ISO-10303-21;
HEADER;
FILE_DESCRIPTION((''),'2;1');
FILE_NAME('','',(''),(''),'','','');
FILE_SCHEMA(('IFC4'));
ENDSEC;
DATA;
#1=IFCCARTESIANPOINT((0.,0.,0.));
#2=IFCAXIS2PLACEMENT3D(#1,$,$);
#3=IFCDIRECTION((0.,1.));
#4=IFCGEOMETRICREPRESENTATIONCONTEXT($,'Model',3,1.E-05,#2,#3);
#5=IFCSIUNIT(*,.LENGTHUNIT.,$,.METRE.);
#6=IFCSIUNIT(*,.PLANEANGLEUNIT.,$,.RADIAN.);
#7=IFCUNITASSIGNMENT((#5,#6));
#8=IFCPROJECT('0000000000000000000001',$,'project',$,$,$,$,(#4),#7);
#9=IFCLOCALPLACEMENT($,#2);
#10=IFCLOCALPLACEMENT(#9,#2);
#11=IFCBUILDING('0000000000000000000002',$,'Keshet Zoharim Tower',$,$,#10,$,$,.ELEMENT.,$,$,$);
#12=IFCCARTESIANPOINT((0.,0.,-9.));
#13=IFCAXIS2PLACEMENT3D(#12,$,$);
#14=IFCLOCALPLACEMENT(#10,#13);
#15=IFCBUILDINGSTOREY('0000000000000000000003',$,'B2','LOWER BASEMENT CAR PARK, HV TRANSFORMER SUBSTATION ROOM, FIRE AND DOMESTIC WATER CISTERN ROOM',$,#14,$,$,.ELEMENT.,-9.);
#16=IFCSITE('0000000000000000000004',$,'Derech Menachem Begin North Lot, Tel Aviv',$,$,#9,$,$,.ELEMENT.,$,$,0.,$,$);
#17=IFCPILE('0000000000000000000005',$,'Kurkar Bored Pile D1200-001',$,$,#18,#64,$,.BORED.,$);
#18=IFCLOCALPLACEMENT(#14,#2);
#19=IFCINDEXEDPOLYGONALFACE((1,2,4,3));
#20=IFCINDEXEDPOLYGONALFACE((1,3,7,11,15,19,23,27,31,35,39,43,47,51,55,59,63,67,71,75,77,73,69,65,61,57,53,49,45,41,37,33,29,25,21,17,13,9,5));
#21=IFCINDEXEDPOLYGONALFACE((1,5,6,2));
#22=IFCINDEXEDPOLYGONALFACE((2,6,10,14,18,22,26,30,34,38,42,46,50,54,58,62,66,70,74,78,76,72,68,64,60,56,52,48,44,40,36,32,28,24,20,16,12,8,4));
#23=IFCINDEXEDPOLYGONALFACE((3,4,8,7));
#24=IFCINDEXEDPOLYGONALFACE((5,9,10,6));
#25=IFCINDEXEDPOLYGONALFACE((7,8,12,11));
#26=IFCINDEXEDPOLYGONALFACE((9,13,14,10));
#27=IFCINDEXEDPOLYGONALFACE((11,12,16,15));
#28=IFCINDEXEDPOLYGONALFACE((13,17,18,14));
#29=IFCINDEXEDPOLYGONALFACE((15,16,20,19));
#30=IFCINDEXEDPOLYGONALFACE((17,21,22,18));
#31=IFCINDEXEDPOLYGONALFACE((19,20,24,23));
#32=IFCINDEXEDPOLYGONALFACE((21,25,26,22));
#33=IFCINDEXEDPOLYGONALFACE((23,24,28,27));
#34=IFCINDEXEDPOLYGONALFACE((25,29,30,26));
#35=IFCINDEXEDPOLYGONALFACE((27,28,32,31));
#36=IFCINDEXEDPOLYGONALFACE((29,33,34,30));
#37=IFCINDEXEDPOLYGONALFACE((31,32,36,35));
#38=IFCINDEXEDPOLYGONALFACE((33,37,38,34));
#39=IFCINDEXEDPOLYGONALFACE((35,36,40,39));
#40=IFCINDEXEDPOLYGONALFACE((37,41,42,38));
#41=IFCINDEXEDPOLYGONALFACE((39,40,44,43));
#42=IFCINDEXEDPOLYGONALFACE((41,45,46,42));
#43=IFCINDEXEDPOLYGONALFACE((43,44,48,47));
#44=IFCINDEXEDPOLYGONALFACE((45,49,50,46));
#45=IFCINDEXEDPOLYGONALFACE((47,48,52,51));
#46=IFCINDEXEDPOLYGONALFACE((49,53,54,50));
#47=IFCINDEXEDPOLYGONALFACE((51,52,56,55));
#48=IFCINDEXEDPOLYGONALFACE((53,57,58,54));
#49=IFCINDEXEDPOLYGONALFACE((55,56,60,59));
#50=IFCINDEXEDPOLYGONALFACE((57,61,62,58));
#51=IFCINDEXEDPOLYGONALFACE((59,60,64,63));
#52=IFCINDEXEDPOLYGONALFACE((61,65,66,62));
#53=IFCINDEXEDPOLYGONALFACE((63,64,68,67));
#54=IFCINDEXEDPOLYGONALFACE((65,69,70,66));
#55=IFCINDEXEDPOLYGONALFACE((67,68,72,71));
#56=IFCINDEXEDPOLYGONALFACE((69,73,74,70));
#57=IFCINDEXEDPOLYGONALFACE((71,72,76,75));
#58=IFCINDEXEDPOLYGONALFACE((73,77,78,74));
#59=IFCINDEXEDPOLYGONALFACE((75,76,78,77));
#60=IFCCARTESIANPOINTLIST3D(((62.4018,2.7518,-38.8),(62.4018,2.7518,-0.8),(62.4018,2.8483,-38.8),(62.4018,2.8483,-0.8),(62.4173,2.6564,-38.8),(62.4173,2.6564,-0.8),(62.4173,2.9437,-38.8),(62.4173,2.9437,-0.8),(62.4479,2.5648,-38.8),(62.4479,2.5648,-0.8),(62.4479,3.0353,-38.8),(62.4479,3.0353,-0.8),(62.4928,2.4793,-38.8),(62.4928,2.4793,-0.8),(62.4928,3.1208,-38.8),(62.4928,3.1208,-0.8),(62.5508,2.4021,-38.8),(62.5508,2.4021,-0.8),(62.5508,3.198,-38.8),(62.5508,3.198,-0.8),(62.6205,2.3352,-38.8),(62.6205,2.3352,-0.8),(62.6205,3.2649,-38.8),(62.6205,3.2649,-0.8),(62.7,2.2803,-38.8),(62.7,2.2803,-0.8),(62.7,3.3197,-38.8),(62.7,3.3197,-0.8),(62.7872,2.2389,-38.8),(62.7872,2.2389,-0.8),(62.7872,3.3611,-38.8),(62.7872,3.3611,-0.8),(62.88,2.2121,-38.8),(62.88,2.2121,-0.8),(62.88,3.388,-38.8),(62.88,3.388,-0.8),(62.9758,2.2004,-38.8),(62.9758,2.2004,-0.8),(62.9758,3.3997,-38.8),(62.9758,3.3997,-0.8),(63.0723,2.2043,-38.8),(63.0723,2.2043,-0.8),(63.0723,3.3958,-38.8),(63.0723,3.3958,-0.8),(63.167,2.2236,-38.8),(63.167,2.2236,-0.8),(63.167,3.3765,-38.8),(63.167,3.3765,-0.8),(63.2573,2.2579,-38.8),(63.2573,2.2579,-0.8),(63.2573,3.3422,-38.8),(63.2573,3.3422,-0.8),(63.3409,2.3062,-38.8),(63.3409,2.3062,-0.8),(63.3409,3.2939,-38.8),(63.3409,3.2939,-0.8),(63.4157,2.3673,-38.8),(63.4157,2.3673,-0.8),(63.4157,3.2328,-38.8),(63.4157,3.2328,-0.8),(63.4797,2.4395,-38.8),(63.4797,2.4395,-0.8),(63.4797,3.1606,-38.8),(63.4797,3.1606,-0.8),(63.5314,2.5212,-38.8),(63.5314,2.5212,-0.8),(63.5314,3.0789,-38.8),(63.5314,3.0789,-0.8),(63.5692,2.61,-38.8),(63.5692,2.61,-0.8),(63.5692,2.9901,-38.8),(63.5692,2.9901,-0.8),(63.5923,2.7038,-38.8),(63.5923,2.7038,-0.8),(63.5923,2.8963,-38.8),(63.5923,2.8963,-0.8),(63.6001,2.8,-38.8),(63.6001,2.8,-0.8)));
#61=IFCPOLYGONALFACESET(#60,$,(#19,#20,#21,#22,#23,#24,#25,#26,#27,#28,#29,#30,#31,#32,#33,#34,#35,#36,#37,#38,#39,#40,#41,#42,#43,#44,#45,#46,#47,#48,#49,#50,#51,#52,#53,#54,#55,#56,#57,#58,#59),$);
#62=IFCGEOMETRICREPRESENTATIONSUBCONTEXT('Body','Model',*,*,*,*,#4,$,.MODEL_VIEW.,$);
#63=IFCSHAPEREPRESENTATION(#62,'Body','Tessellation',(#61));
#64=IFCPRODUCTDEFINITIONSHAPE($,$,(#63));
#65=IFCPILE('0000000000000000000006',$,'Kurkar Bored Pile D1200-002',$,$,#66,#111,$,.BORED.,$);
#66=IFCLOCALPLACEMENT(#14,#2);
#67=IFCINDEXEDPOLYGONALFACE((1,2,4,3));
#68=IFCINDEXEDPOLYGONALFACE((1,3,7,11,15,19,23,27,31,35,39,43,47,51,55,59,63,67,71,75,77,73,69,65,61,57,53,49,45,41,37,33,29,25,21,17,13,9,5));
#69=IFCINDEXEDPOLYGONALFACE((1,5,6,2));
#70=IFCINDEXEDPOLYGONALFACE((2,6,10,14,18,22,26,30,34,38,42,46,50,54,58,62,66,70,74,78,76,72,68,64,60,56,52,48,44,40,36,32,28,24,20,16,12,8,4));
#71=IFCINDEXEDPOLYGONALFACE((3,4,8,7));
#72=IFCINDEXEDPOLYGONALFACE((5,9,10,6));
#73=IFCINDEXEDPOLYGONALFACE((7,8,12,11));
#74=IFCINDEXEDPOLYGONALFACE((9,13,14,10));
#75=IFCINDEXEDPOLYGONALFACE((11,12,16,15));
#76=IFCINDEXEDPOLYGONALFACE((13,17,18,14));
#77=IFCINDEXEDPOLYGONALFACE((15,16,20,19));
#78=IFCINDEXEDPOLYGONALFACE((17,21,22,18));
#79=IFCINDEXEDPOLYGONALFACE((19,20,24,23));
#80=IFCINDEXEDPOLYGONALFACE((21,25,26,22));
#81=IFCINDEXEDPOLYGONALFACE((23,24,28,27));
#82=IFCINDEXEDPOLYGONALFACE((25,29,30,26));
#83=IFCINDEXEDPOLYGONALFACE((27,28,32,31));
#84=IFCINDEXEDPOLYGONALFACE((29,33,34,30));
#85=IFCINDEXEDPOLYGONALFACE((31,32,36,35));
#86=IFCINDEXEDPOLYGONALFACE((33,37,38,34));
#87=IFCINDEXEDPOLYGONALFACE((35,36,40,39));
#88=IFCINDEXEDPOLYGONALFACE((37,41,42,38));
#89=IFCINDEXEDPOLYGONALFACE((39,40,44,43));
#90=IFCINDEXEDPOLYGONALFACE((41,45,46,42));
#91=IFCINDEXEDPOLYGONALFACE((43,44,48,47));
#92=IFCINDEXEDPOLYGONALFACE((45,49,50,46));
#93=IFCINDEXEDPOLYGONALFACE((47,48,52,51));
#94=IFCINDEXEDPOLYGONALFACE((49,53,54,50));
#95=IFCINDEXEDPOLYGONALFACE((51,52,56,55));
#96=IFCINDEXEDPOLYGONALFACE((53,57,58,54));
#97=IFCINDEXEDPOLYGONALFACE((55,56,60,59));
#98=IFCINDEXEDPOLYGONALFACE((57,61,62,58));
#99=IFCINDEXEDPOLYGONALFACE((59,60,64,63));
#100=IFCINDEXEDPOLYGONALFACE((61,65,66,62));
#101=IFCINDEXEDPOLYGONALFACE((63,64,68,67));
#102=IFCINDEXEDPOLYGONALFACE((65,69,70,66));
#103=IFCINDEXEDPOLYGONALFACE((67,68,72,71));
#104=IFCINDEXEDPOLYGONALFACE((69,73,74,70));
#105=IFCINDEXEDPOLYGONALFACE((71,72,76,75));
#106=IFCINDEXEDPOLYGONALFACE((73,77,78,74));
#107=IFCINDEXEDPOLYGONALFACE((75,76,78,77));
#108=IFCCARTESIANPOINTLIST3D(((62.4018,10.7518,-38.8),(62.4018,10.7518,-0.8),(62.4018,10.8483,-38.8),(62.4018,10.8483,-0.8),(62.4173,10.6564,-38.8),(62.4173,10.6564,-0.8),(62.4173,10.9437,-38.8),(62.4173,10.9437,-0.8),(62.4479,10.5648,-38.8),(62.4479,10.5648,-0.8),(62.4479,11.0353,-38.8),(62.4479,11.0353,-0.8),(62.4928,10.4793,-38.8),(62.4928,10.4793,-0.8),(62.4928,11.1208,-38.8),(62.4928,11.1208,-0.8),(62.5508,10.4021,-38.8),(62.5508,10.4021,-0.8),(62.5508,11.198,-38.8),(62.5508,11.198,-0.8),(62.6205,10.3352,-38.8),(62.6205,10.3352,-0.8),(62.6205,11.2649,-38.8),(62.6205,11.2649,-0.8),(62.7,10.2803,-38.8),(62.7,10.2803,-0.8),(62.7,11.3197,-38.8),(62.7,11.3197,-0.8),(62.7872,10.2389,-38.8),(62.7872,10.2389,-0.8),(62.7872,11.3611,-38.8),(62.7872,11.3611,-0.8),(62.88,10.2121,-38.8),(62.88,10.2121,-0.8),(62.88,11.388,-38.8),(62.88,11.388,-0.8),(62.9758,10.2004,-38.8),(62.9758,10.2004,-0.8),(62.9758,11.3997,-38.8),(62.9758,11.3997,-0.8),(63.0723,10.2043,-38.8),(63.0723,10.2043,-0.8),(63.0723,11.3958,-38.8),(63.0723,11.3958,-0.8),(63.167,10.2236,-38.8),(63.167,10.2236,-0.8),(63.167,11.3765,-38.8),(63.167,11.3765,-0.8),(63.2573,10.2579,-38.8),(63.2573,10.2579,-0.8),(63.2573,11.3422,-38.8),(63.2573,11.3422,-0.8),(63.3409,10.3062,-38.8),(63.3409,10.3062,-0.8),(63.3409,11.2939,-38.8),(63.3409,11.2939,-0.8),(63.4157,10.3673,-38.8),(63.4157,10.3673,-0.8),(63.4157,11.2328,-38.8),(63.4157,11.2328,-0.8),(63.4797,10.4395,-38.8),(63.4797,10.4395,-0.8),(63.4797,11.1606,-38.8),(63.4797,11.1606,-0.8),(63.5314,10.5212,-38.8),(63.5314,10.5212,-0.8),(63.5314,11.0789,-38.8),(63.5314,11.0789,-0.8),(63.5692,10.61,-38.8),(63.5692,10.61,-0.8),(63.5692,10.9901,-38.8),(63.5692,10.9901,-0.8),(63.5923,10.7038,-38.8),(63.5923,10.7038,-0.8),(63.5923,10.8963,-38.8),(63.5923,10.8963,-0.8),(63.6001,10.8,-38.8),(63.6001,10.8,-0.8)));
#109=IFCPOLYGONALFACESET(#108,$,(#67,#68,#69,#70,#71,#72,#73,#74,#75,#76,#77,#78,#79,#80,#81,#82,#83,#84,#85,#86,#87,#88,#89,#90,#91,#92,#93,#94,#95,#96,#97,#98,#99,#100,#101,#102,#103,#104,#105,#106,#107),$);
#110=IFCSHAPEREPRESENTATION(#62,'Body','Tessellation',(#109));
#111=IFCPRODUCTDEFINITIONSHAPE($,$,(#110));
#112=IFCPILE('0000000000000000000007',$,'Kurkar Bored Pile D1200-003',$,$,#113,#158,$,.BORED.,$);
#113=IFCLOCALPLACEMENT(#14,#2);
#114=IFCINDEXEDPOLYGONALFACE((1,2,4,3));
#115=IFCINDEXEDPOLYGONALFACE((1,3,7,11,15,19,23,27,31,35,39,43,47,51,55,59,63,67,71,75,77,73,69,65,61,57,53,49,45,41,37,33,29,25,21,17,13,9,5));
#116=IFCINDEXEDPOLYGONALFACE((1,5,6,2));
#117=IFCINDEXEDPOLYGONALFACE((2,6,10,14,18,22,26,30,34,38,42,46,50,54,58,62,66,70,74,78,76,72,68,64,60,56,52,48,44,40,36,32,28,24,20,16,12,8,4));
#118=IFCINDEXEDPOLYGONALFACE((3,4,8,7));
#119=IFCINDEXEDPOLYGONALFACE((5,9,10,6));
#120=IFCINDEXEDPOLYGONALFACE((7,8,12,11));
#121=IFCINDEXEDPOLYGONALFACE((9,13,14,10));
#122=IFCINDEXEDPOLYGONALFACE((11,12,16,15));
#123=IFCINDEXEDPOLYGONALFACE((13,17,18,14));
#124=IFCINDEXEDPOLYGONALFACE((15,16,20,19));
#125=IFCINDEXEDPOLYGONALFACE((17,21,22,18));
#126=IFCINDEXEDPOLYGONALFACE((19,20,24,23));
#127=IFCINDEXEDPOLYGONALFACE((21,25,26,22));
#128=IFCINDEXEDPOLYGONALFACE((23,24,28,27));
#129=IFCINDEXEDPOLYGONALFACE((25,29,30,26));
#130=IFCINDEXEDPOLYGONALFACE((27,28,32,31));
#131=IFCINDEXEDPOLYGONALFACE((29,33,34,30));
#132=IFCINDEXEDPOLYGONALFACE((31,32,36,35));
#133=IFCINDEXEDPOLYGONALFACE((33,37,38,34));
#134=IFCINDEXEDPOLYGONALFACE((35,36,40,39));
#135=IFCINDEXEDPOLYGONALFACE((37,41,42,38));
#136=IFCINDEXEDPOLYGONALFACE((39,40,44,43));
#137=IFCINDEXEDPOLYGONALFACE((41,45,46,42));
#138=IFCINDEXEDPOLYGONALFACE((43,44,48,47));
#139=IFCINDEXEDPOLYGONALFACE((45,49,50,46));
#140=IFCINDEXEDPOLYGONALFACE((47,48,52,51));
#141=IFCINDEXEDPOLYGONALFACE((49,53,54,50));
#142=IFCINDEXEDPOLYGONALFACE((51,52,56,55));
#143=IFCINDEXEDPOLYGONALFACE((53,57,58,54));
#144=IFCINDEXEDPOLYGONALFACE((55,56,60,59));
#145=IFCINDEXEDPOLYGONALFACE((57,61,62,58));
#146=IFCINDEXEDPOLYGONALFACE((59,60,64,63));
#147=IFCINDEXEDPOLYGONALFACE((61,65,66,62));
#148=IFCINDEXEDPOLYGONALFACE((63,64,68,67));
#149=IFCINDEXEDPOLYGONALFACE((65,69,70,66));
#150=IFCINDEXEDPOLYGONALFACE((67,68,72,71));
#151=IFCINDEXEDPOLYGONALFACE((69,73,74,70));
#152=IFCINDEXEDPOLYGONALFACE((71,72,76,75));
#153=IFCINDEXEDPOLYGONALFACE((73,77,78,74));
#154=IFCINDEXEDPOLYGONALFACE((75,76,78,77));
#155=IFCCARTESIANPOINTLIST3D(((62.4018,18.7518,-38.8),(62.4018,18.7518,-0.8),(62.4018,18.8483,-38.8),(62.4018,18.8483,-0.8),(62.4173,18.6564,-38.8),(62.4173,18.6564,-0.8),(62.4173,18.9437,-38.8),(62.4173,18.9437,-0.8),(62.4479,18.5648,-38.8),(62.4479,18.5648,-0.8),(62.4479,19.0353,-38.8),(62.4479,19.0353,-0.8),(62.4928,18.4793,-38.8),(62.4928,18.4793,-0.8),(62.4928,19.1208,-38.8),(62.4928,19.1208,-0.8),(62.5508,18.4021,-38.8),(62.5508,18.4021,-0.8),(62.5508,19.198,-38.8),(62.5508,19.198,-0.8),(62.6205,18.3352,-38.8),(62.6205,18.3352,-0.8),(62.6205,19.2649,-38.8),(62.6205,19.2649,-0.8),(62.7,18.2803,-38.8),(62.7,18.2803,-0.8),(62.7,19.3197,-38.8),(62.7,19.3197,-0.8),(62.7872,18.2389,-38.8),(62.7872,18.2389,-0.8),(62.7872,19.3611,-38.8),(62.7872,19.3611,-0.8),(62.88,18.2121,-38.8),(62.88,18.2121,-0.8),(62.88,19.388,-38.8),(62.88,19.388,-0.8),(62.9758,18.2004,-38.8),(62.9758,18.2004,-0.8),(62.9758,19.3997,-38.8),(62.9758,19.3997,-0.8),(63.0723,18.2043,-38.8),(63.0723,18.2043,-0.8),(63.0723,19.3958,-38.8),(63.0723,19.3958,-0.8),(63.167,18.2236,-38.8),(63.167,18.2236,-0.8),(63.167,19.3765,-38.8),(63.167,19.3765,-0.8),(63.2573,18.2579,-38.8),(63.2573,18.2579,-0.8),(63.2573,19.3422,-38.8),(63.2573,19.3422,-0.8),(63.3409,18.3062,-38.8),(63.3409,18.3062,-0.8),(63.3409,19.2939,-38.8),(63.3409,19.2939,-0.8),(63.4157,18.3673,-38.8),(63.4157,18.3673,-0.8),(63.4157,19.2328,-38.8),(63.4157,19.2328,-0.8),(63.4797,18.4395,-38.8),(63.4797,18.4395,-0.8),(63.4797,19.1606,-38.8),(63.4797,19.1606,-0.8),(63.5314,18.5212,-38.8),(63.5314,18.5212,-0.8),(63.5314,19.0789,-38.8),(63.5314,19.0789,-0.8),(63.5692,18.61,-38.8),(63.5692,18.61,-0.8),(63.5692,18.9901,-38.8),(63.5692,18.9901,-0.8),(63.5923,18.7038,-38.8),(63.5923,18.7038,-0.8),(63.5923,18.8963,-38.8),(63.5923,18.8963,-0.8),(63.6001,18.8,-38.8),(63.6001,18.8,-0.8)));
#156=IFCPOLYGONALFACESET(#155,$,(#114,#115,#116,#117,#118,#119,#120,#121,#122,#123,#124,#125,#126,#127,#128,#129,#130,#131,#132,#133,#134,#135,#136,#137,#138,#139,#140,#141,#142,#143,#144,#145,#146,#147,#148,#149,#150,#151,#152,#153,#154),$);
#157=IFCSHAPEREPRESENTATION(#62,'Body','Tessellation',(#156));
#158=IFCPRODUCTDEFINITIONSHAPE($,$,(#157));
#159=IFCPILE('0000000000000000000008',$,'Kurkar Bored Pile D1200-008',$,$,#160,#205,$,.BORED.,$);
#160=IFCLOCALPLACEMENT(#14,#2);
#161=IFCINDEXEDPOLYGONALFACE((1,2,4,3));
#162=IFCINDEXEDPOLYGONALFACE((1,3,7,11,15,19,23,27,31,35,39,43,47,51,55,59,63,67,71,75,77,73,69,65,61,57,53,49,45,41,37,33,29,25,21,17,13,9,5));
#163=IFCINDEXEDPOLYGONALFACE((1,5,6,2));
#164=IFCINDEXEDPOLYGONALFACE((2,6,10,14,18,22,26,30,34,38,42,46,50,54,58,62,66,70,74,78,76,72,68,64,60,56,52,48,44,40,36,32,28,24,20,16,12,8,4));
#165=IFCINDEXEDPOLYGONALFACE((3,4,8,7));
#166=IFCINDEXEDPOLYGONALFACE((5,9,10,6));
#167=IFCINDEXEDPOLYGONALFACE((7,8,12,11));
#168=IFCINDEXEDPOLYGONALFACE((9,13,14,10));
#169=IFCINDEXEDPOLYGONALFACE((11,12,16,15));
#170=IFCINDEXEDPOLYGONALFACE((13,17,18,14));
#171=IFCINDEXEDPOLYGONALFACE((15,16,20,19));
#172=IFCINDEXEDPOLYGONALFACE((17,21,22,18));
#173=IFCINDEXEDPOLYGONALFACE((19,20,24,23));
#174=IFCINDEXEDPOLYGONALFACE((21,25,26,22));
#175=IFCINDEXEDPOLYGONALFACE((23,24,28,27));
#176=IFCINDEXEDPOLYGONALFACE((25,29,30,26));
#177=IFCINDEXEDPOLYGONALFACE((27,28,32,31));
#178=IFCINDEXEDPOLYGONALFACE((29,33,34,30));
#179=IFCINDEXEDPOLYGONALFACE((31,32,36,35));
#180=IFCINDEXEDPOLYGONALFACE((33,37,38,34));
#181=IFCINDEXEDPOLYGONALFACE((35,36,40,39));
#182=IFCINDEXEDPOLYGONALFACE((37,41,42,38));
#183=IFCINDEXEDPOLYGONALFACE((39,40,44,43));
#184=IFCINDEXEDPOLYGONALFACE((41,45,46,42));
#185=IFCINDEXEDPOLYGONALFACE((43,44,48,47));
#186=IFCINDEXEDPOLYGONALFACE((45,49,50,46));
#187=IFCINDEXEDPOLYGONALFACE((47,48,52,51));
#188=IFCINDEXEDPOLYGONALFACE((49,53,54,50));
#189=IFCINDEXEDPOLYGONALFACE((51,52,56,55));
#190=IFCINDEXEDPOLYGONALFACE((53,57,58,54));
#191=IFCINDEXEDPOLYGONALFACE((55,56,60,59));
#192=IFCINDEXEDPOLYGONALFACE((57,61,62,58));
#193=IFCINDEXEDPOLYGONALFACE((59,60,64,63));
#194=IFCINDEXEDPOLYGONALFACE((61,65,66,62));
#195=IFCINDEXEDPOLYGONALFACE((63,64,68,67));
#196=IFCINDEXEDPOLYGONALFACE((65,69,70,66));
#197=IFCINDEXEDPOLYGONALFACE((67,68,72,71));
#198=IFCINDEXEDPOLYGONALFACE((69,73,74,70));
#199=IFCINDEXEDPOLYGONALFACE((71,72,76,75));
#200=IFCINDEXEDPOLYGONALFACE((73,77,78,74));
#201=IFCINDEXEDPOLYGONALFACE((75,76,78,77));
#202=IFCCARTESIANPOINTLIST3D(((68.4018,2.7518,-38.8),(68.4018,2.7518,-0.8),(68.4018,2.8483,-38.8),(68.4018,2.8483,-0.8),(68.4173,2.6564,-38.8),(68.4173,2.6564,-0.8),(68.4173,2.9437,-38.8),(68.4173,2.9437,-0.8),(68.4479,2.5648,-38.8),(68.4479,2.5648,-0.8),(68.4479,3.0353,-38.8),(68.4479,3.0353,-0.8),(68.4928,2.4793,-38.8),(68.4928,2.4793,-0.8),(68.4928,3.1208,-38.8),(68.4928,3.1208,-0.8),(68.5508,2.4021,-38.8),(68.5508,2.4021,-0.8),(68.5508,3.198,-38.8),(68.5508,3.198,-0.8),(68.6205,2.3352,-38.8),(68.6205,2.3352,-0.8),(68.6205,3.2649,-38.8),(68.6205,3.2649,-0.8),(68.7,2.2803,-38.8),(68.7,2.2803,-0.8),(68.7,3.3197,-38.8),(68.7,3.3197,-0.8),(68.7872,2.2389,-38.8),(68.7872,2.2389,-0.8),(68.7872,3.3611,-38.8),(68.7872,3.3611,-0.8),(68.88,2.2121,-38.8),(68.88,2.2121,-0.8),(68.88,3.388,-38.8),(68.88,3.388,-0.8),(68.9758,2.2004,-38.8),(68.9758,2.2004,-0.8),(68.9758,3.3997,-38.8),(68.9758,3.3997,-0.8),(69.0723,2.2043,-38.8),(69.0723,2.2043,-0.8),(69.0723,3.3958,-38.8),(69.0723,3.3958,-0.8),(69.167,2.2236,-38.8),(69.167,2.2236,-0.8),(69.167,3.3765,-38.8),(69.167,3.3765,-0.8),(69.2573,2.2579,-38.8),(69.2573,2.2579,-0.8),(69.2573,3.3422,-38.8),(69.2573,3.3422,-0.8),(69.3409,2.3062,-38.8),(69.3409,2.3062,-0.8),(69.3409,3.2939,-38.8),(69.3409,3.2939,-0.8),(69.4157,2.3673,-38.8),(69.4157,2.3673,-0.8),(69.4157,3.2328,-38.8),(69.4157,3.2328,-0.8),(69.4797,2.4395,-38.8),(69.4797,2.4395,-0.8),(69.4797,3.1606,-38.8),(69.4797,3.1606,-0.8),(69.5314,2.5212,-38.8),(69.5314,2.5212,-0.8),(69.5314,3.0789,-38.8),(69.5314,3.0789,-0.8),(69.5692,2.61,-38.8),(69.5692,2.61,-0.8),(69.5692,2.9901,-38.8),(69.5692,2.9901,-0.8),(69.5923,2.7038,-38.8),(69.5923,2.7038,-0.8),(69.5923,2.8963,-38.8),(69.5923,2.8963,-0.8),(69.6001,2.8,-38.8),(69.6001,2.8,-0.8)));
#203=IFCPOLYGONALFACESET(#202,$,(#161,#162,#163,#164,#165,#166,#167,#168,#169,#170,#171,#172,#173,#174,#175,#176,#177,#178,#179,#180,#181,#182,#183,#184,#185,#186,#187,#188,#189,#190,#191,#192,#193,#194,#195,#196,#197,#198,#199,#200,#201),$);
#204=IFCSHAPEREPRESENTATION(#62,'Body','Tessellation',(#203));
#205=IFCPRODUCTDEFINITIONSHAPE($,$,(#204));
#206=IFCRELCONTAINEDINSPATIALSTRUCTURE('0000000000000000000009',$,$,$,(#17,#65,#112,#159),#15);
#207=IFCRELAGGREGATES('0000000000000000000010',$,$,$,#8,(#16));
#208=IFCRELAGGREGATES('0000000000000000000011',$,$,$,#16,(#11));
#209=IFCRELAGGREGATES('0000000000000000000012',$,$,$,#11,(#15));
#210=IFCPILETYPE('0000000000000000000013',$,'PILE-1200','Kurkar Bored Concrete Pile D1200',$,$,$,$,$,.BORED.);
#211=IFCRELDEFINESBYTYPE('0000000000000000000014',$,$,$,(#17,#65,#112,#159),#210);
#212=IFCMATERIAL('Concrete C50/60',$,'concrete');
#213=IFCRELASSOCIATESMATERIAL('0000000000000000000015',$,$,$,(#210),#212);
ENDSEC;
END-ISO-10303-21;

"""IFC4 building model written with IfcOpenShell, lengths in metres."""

from ifc_helpers import new_model, si_unit, direction, frame, origin, origin_2d, place, context, subcontext, project, spatial, circle, extrude, material, material_profile, profile_set, type_object, element, save


model = new_model("IFC4")

# Units and contexts
model_context = context("Model", 3, precision=1e-05, world=origin(), true_north=direction((0.0, 1.0)))
body_context = subcontext(model_context, "Body", "Model", "MODEL_VIEW")
ifc_project = project(units=[si_unit("LENGTHUNIT", "METRE"), si_unit("PLANEANGLEUNIT", "RADIAN")], contexts=[model_context])

# Site, building, storey
site_placement = place(None, origin())
site = spatial("IfcSite", under=ifc_project, at=site_placement, Name="Derech Menachem Begin North Lot, Tel Aviv", CompositionType="ELEMENT", RefElevation=0.0)
building_placement = place(site_placement, origin())
building = spatial("IfcBuilding", under=site, at=building_placement, Name="Keshet Zoharim Tower", CompositionType="ELEMENT")
storey_placement = place(building_placement, frame((0.0, 0.0, -9.0)))
storey = spatial("IfcBuildingStorey", under=building, at=storey_placement, Name="B2", Description="LOWER BASEMENT CAR PARK, HV TRANSFORMER SUBSTATION ROOM, FIRE AND DOMESTIC WATER CISTERN ROOM", CompositionType="ELEMENT", Elevation=-9.0)

# Piles
ifc_material_1 = material(Name="Concrete C50/60", Category="concrete")
ifc_material_profile_1 = material_profile(ifc_material_1, circle(Radius=0.6001, at=origin_2d()), Name="PILE-D1200")
ifc_profile_set_1 = profile_set([ifc_material_profile_1], Name="Concrete C50/60")
pile_type = type_object("IfcPileType", Name="PILE-1200", Description="Kurkar Bored Concrete Pile D1200", PredefinedType="BORED", material=ifc_profile_set_1)
for number, where, z_axis, x_axis, name in (
    (1, (63.0, 2.8, -0.8), (0.0, 0.0, -1.0), (1.0, 0.0, 0.0), "Kurkar Bored Pile D1200-001"),
    (2, (63.0, 10.8, -0.8), (0.0, 0.0, -1.0), (1.0, 0.0, 0.0), "Kurkar Bored Pile D1200-002"),
    (3, (63.0, 18.8, -0.8), (0.0, 0.0, -1.0), (1.0, 0.0, 0.0), "Kurkar Bored Pile D1200-003"),
    (4, (69.0, 2.8, -0.8), (0.0, 0.0, -1.0), (1.0, 0.0, 0.0), "Kurkar Bored Pile D1200-008"),
):
    element("IfcPile", number, at=place(storey_placement, frame(where, z_axis=z_axis, x_axis=x_axis)), inside=storey, type_object=pile_type, Name=name, PredefinedType="BORED", context=body_context, shape_type="SweptSolid", body=[
        extrude(circle(Radius=0.6001, at=origin_2d()), origin(), (0.0, 0.0, 1.0), 38.0),
    ])

save(model, "model.ifc")
